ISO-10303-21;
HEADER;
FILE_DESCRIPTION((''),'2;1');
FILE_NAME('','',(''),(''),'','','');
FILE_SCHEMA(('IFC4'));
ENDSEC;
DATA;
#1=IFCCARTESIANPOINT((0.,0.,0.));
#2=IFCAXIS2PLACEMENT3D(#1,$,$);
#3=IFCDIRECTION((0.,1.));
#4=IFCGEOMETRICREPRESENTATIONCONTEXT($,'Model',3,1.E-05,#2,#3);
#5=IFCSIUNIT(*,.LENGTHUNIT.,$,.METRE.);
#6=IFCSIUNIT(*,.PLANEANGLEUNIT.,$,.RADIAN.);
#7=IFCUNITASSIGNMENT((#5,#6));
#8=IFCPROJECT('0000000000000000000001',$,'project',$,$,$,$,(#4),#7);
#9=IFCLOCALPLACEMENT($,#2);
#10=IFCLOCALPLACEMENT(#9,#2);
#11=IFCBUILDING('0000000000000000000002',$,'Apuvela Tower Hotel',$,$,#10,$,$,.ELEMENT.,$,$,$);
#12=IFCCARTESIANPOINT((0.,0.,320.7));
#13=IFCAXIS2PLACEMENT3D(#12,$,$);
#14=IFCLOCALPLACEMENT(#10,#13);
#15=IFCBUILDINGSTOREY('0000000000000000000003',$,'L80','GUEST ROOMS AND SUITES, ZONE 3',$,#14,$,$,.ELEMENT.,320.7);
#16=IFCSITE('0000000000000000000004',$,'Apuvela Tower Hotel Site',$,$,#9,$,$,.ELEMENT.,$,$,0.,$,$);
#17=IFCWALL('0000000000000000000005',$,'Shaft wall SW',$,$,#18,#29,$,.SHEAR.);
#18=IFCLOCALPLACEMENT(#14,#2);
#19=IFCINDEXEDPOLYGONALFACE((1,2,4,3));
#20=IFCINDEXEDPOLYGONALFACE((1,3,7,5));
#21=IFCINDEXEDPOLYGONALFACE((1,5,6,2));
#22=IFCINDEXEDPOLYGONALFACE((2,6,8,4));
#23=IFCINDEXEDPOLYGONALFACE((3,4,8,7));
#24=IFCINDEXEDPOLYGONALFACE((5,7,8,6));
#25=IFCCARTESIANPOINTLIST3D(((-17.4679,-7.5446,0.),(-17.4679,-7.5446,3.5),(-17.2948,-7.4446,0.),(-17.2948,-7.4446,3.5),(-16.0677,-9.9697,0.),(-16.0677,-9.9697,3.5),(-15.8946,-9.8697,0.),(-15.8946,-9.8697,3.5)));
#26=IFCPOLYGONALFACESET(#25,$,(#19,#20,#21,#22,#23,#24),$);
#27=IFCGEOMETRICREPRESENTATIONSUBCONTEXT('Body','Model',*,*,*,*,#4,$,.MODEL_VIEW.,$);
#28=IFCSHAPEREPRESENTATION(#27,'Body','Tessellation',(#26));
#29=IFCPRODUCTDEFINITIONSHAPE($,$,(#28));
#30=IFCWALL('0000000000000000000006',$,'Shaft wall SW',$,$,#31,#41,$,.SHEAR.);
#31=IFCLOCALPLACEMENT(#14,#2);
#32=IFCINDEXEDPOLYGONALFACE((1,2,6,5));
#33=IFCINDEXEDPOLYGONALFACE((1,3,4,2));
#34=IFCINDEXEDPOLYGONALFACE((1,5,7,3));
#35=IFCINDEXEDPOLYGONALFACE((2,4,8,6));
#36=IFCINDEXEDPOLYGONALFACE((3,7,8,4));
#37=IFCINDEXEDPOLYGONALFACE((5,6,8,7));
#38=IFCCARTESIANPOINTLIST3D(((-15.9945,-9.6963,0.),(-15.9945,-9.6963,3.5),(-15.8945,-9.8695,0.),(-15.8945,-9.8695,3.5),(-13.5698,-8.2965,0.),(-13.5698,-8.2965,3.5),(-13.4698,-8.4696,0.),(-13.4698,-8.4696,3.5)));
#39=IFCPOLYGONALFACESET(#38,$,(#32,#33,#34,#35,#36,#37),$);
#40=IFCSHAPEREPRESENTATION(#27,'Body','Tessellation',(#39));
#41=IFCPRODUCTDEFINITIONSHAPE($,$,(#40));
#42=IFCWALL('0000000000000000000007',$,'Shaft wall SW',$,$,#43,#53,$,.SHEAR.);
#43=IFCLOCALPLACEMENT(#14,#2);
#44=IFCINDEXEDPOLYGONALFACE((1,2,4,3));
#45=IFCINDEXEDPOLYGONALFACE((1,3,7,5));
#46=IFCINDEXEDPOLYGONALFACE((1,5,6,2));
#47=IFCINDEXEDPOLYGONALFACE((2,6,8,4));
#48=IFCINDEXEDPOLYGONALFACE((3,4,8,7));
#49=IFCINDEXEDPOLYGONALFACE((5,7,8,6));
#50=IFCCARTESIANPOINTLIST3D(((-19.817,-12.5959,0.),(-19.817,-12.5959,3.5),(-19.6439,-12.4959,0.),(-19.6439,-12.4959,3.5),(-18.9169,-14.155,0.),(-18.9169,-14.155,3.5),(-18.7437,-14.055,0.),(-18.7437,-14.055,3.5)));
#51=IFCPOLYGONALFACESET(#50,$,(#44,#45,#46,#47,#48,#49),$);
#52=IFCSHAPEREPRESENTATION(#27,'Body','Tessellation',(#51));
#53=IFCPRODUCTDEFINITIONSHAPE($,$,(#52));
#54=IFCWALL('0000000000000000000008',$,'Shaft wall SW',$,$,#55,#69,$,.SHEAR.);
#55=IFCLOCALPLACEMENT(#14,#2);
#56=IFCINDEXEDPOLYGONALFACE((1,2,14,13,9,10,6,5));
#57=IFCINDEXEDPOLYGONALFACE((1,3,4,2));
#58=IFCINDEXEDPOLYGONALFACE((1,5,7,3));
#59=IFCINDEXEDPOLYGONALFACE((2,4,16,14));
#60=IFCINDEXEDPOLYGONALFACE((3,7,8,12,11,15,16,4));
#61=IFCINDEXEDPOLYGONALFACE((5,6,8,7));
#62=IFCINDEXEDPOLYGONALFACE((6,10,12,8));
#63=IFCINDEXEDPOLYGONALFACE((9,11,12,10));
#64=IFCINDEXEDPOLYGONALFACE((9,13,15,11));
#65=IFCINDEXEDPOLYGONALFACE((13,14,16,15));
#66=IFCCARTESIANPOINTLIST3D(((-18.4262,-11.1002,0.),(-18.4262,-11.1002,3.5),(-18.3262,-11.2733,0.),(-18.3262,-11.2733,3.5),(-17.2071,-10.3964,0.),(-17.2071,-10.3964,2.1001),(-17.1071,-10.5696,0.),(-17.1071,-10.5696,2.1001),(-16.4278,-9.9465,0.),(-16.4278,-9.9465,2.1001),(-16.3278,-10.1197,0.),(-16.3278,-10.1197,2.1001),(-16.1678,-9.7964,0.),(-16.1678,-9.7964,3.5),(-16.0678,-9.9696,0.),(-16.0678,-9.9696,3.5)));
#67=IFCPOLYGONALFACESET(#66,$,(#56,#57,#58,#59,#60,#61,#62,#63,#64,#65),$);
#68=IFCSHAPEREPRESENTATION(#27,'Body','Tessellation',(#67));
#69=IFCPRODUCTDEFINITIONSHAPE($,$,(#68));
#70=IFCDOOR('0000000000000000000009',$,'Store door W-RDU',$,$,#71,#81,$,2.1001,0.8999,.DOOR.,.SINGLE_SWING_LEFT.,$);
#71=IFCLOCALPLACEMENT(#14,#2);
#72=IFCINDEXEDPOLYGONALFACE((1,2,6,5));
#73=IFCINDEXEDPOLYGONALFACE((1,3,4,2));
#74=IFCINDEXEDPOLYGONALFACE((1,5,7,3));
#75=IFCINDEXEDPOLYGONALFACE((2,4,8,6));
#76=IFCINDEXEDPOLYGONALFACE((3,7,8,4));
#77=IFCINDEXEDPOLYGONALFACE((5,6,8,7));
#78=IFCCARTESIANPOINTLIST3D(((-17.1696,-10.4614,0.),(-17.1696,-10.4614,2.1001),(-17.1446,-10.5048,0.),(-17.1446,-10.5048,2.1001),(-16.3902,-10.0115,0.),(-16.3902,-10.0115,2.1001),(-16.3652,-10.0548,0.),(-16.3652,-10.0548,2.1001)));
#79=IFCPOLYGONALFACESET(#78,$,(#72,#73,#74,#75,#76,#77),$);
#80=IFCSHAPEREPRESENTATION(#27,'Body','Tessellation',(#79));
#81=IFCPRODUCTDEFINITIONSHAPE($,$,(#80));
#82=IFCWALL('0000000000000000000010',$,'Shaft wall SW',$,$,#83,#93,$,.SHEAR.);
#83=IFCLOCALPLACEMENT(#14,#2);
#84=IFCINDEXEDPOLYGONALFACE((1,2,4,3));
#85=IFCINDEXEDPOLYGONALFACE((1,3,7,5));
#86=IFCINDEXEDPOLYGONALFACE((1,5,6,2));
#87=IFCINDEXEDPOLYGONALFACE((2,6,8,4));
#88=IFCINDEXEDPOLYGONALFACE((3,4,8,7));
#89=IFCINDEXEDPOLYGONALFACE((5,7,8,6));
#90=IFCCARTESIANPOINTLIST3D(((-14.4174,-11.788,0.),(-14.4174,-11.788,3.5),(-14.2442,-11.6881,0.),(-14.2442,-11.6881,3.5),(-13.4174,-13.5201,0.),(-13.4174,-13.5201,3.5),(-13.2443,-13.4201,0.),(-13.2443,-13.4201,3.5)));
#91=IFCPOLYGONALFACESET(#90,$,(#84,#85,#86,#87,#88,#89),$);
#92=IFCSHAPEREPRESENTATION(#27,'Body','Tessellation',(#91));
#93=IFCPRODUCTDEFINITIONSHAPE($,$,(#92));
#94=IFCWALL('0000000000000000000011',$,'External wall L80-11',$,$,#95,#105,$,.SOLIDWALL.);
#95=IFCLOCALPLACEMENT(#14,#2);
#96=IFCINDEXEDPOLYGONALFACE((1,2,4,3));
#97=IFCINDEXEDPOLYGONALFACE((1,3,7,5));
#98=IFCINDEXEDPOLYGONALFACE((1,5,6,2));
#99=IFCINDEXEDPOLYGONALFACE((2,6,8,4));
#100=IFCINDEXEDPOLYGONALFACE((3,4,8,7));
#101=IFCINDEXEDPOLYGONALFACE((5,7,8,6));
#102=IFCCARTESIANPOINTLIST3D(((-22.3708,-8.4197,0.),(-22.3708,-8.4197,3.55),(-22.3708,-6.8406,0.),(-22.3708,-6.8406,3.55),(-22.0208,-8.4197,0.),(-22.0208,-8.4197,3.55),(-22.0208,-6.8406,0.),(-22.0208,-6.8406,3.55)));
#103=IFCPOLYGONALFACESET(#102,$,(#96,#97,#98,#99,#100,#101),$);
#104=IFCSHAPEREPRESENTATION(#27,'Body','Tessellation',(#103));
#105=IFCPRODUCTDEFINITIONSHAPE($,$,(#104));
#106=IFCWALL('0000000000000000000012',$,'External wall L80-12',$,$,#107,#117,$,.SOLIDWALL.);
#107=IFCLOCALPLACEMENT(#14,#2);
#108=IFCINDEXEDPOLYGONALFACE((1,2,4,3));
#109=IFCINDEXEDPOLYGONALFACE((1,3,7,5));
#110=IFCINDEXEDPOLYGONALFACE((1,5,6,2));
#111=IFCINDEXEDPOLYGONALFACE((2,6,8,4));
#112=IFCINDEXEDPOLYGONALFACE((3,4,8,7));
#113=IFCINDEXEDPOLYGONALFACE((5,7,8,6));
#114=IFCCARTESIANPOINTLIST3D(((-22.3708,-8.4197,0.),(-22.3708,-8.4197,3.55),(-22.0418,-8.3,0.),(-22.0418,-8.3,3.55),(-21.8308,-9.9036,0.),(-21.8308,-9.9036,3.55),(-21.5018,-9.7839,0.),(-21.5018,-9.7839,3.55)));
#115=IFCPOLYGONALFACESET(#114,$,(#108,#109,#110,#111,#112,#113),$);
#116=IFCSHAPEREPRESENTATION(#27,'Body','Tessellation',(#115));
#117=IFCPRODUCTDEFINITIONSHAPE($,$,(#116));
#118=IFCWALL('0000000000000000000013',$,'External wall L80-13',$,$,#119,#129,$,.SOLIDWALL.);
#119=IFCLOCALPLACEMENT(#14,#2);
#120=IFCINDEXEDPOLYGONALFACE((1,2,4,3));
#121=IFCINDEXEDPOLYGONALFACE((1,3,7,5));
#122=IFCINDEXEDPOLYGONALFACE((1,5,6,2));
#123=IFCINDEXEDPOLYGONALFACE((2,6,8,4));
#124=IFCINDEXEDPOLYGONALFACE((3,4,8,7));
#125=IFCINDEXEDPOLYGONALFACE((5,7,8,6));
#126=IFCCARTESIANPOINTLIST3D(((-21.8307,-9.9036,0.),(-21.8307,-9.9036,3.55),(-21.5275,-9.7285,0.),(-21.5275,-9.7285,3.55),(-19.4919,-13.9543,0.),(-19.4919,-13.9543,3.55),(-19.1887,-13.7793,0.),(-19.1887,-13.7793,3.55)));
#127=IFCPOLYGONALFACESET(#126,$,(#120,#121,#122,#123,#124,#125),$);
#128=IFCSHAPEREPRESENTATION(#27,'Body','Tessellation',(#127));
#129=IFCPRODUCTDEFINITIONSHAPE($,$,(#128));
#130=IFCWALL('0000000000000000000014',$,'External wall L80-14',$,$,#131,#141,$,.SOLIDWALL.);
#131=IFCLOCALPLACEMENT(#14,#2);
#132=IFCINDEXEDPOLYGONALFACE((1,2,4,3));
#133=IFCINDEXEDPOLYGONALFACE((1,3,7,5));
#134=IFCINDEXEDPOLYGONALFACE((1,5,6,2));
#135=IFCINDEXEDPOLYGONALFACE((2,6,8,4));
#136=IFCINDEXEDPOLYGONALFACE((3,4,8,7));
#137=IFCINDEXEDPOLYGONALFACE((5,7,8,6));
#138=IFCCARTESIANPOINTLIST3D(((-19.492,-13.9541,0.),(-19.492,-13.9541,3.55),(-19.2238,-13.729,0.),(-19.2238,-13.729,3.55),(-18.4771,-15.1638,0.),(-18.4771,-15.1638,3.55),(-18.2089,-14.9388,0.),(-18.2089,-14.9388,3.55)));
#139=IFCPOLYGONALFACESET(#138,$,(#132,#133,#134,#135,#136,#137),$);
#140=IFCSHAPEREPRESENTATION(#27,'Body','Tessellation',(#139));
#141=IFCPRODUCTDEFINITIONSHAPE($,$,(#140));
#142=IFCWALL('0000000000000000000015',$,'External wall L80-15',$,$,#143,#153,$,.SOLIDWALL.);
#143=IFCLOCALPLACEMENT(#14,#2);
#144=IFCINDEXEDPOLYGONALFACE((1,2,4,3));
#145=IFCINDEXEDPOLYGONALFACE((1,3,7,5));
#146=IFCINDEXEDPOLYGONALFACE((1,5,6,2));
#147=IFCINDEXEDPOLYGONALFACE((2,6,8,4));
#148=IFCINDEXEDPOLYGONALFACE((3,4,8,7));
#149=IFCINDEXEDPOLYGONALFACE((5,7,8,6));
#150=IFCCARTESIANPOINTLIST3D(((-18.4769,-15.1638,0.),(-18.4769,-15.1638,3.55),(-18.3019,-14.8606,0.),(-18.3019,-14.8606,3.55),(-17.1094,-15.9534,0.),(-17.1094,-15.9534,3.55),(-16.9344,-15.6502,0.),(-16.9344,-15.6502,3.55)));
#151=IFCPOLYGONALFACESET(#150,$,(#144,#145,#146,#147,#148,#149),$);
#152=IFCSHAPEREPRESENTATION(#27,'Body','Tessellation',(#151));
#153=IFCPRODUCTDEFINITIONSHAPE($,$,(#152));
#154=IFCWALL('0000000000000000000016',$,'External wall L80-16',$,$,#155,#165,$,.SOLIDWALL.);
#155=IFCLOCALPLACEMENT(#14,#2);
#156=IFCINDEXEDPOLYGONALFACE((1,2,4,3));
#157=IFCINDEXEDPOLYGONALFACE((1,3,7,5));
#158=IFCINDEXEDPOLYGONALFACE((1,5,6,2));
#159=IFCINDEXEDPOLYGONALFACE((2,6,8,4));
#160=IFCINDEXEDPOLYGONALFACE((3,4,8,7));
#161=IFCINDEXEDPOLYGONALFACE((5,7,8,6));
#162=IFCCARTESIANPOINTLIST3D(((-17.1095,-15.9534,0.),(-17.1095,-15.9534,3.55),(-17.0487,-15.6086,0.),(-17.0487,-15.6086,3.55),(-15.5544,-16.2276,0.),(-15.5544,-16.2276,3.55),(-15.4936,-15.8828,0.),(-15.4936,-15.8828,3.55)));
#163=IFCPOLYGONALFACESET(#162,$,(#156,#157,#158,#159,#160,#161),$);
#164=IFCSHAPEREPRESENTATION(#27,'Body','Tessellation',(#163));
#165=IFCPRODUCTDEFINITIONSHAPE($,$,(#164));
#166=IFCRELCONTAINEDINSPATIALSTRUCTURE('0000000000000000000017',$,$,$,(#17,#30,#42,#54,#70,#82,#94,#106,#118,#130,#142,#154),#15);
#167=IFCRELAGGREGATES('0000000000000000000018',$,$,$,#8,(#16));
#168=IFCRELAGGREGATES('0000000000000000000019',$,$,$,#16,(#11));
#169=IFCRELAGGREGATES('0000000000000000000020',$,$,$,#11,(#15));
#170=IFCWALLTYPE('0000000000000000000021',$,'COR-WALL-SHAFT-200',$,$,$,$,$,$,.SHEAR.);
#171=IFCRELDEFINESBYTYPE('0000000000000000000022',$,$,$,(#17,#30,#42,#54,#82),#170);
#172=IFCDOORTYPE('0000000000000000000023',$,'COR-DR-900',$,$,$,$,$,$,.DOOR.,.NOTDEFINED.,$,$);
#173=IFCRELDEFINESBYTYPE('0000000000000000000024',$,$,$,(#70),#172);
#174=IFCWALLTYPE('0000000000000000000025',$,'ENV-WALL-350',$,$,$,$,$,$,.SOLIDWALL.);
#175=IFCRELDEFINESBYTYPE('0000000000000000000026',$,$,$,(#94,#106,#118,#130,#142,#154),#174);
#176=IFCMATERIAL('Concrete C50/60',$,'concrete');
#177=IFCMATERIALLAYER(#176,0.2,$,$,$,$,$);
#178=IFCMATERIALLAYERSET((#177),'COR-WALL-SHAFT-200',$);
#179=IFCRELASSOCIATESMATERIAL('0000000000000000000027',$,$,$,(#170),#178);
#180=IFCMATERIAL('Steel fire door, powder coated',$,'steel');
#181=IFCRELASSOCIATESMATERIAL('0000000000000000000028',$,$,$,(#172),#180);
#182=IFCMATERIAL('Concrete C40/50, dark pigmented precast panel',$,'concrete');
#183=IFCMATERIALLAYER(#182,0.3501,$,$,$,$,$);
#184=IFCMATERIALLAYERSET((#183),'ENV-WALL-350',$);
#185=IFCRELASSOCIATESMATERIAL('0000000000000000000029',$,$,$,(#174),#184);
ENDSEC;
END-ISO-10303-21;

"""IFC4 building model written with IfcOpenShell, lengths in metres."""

from ifc_helpers import new_model, si_unit, direction, frame, frame_2d, origin, place, context, subcontext, project, spatial, rectangle, extrude, material, layer, layer_set, type_object, element, fill, save


model = new_model("IFC4")

# Units and contexts
model_context = context("Model", 3, precision=1e-05, world=origin(), true_north=direction((0.0, 1.0)))
body_context = subcontext(model_context, "Body", "Model", "MODEL_VIEW")
ifc_project = project(units=[si_unit("LENGTHUNIT", "METRE"), si_unit("PLANEANGLEUNIT", "RADIAN")], contexts=[model_context])

# Site, building, storey
site_placement = place(None, origin())
site = spatial("IfcSite", under=ifc_project, at=site_placement, Name="Apuvela Tower Hotel Site", CompositionType="ELEMENT", RefElevation=0.0)
building_placement = place(site_placement, origin())
building = spatial("IfcBuilding", under=site, at=building_placement, Name="Apuvela Tower Hotel", CompositionType="ELEMENT")
storey_placement = place(building_placement, frame((0.0, 0.0, 320.7)))
storey = spatial("IfcBuildingStorey", under=building, at=storey_placement, Name="L80", Description="GUEST ROOMS AND SUITES, ZONE 3", CompositionType="ELEMENT", Elevation=320.7)

# Walls
ifc_material_1 = material(Name="Concrete C50/60", Category="concrete")
ifc_layer_1 = layer(ifc_material_1, 0.2)
ifc_layer_set_1 = layer_set([ifc_layer_1], Name="COR-WALL-SHAFT-200")
wall_type_1 = type_object("IfcWallType", Name="COR-WALL-SHAFT-200", PredefinedType="SHEAR", material=ifc_layer_set_1)
wall_1_placement = place(storey_placement, frame((-17.3813, -7.4946, 0.0), z_axis=(0.0, 0.0, 1.0), x_axis=(0.500012, -0.866019, 0.0)))
element("IfcWall", 1, at=wall_1_placement, inside=storey, type_object=wall_type_1, Name="Shaft wall SW", PredefinedType="SHEAR", context=body_context, shape_type="SweptSolid", body=[
    extrude(rectangle(XDim=2.8003, YDim=0.2, at=frame_2d((1.4001, 0.0))), origin(), (0.0, 0.0, 1.0), 3.5),
])
wall_2_placement = place(storey_placement, frame((-13.5198, -8.3831, 0.0), z_axis=(0.0, 0.0, 1.0), x_axis=(-0.866035, -0.499984, 0.0)))
element("IfcWall", 2, at=wall_2_placement, inside=storey, type_object=wall_type_1, Name="Shaft wall SW", PredefinedType="SHEAR", context=body_context, shape_type="SweptSolid", body=[
    extrude(rectangle(XDim=2.7998, YDim=0.2, at=frame_2d((1.3999, 0.0))), origin(), (0.0, 0.0, 1.0), 3.5),
])
wall_3_placement = place(storey_placement, frame((-19.7305, -12.5459, 0.0), z_axis=(0.0, 0.0, 1.0), x_axis=(0.500004, -0.866023, 0.0)))
element("IfcWall", 3, at=wall_3_placement, inside=storey, type_object=wall_type_1, Name="Shaft wall SW", PredefinedType="SHEAR", context=body_context, shape_type="SweptSolid", body=[
    extrude(rectangle(XDim=1.8003, YDim=0.2, at=frame_2d((0.9001, 0.0))), origin(), (0.0, 0.0, 1.0), 3.5),
])

# Wall, opening, door
wall_4_placement = place(storey_placement, frame((-16.1179, -9.8831, 0.0), z_axis=(0.0, 0.0, 1.0), x_axis=(-0.866045, -0.499966, 0.0)))
wall_4 = element("IfcWall", 4, at=wall_4_placement, inside=storey, type_object=wall_type_1, Name="Shaft wall SW", PredefinedType="SHEAR", context=body_context, shape_type="SweptSolid", body=[
    extrude(rectangle(XDim=2.6077, YDim=0.2, at=frame_2d((1.3037, 0.0))), origin(), (0.0, 0.0, 1.0), 3.5),
])
opening_1_placement = place(wall_4_placement, frame((0.3, 0.0, 0.0)))
opening_1 = element("IfcOpeningElement", 5, at=opening_1_placement, cuts=wall_4, PredefinedType="OPENING", context=body_context, shape_type="SweptSolid", body=[
    extrude(rectangle(XDim=0.8999, YDim=2.1001, at=frame_2d((0.45, 1.05))), frame((0.0, 0.1099, 0.0), z_axis=(0.0, -1.0, 0.0), x_axis=(1.0, 0.0, 0.0)), (0.0, 0.0, 1.0), 0.22),
])
ifc_material_2 = material(Name="Steel fire door, powder coated", Category="steel")
door_type_1 = type_object("IfcDoorType", Name="COR-DR-900", OperationType="NOTDEFINED", PredefinedType="DOOR", material=ifc_material_2)
door_1_placement = place(opening_1_placement, frame((0.8999, 0.0, 0.0), z_axis=(0.0, 0.0, 1.0), x_axis=(-1.0, 0.0, 0.0)))
door_1 = element("IfcDoor", 6, at=door_1_placement, inside=storey, type_object=door_type_1, Name="Store door W-RDU", OperationType="SINGLE_SWING_LEFT", OverallHeight=2.1001, OverallWidth=0.8999, PredefinedType="DOOR", context=body_context, shape_type="SweptSolid", body=[
    extrude(rectangle(XDim=0.8999, YDim=2.1001, at=frame_2d((0.45, 1.05))), frame((0.0, 0.0249, 0.0), z_axis=(0.0, -1.0, 0.0), x_axis=(1.0, 0.0, 0.0)), (0.0, 0.0, 1.0), 0.05),
])
fill(opening_1, door_1)

# Walls
wall_5_placement = place(storey_placement, frame((-14.3308, -11.738, 0.0), z_axis=(0.0, 0.0, 1.0), x_axis=(0.499973, -0.866041, 0.0)))
element("IfcWall", 7, at=wall_5_placement, inside=storey, type_object=wall_type_1, Name="Shaft wall SW", PredefinedType="SHEAR", context=body_context, shape_type="SweptSolid", body=[
    extrude(rectangle(XDim=2.0, YDim=0.2, at=frame_2d((1.0, 0.0))), origin(), (0.0, 0.0, 1.0), 3.5),
])
ifc_material_3 = material(Name="Concrete C40/50, dark pigmented precast panel", Category="concrete")
ifc_layer_2 = layer(ifc_material_3, 0.3501)
ifc_layer_set_2 = layer_set([ifc_layer_2], Name="ENV-WALL-350")
wall_type_2 = type_object("IfcWallType", Name="ENV-WALL-350", PredefinedType="SOLIDWALL", material=ifc_layer_set_2)
for number, where, z_axis, x_axis, name in (
    (8, (-22.1958, -6.8406, 0.0), (0.0, 0.0, 1.0), (0.0, -1.0, 0.0), "External wall L80-11"),
    (9, (-22.2063, -8.3599, 0.0), (0.0, 0.0, 1.0), (0.341991, -0.939703, 0.0), "External wall L80-12"),
):
    element("IfcWall", number, at=place(storey_placement, frame(where, z_axis=z_axis, x_axis=x_axis)), inside=storey, type_object=wall_type_2, Name=name, PredefinedType="SOLIDWALL", context=body_context, shape_type="SweptSolid", body=[
        extrude(rectangle(XDim=1.5791, YDim=0.3501, at=frame_2d((0.7896, 0.0))), origin(), (0.0, 0.0, 1.0), 3.55),
    ])
wall_6_placement = place(storey_placement, frame((-21.6792, -9.8159, 0.0), z_axis=(0.0, 0.0, 1.0), x_axis=(0.500024, -0.866012, 0.0)))
element("IfcWall", 10, at=wall_6_placement, inside=storey, type_object=wall_type_2, Name="External wall L80-13", PredefinedType="SOLIDWALL", context=body_context, shape_type="SweptSolid", body=[
    extrude(rectangle(XDim=4.6775, YDim=0.3501, at=frame_2d((2.3389, 0.0))), origin(), (0.0, 0.0, 1.0), 3.55),
])
for number, where, z_axis, x_axis, name in (
    (11, (-19.3579, -13.8416, 0.0), (0.0, 0.0, 1.0), (0.642721, -0.766101, 0.0), "External wall L80-14"),
    (12, (-18.3894, -15.0122, 0.0), (0.0, 0.0, 1.0), (0.866008, -0.50003, 0.0), "External wall L80-15"),
    (13, (-17.0791, -15.781, 0.0), (0.0, 0.0, 1.0), (0.984813, -0.173618, 0.0), "External wall L80-16"),
):
    element("IfcWall", number, at=place(storey_placement, frame(where, z_axis=z_axis, x_axis=x_axis)), inside=storey, type_object=wall_type_2, Name=name, PredefinedType="SOLIDWALL", context=body_context, shape_type="SweptSolid", body=[
        extrude(rectangle(XDim=1.5791, YDim=0.3501, at=frame_2d((0.7896, 0.0))), origin(), (0.0, 0.0, 1.0), 3.55),
    ])

save(model, "model.ifc")
